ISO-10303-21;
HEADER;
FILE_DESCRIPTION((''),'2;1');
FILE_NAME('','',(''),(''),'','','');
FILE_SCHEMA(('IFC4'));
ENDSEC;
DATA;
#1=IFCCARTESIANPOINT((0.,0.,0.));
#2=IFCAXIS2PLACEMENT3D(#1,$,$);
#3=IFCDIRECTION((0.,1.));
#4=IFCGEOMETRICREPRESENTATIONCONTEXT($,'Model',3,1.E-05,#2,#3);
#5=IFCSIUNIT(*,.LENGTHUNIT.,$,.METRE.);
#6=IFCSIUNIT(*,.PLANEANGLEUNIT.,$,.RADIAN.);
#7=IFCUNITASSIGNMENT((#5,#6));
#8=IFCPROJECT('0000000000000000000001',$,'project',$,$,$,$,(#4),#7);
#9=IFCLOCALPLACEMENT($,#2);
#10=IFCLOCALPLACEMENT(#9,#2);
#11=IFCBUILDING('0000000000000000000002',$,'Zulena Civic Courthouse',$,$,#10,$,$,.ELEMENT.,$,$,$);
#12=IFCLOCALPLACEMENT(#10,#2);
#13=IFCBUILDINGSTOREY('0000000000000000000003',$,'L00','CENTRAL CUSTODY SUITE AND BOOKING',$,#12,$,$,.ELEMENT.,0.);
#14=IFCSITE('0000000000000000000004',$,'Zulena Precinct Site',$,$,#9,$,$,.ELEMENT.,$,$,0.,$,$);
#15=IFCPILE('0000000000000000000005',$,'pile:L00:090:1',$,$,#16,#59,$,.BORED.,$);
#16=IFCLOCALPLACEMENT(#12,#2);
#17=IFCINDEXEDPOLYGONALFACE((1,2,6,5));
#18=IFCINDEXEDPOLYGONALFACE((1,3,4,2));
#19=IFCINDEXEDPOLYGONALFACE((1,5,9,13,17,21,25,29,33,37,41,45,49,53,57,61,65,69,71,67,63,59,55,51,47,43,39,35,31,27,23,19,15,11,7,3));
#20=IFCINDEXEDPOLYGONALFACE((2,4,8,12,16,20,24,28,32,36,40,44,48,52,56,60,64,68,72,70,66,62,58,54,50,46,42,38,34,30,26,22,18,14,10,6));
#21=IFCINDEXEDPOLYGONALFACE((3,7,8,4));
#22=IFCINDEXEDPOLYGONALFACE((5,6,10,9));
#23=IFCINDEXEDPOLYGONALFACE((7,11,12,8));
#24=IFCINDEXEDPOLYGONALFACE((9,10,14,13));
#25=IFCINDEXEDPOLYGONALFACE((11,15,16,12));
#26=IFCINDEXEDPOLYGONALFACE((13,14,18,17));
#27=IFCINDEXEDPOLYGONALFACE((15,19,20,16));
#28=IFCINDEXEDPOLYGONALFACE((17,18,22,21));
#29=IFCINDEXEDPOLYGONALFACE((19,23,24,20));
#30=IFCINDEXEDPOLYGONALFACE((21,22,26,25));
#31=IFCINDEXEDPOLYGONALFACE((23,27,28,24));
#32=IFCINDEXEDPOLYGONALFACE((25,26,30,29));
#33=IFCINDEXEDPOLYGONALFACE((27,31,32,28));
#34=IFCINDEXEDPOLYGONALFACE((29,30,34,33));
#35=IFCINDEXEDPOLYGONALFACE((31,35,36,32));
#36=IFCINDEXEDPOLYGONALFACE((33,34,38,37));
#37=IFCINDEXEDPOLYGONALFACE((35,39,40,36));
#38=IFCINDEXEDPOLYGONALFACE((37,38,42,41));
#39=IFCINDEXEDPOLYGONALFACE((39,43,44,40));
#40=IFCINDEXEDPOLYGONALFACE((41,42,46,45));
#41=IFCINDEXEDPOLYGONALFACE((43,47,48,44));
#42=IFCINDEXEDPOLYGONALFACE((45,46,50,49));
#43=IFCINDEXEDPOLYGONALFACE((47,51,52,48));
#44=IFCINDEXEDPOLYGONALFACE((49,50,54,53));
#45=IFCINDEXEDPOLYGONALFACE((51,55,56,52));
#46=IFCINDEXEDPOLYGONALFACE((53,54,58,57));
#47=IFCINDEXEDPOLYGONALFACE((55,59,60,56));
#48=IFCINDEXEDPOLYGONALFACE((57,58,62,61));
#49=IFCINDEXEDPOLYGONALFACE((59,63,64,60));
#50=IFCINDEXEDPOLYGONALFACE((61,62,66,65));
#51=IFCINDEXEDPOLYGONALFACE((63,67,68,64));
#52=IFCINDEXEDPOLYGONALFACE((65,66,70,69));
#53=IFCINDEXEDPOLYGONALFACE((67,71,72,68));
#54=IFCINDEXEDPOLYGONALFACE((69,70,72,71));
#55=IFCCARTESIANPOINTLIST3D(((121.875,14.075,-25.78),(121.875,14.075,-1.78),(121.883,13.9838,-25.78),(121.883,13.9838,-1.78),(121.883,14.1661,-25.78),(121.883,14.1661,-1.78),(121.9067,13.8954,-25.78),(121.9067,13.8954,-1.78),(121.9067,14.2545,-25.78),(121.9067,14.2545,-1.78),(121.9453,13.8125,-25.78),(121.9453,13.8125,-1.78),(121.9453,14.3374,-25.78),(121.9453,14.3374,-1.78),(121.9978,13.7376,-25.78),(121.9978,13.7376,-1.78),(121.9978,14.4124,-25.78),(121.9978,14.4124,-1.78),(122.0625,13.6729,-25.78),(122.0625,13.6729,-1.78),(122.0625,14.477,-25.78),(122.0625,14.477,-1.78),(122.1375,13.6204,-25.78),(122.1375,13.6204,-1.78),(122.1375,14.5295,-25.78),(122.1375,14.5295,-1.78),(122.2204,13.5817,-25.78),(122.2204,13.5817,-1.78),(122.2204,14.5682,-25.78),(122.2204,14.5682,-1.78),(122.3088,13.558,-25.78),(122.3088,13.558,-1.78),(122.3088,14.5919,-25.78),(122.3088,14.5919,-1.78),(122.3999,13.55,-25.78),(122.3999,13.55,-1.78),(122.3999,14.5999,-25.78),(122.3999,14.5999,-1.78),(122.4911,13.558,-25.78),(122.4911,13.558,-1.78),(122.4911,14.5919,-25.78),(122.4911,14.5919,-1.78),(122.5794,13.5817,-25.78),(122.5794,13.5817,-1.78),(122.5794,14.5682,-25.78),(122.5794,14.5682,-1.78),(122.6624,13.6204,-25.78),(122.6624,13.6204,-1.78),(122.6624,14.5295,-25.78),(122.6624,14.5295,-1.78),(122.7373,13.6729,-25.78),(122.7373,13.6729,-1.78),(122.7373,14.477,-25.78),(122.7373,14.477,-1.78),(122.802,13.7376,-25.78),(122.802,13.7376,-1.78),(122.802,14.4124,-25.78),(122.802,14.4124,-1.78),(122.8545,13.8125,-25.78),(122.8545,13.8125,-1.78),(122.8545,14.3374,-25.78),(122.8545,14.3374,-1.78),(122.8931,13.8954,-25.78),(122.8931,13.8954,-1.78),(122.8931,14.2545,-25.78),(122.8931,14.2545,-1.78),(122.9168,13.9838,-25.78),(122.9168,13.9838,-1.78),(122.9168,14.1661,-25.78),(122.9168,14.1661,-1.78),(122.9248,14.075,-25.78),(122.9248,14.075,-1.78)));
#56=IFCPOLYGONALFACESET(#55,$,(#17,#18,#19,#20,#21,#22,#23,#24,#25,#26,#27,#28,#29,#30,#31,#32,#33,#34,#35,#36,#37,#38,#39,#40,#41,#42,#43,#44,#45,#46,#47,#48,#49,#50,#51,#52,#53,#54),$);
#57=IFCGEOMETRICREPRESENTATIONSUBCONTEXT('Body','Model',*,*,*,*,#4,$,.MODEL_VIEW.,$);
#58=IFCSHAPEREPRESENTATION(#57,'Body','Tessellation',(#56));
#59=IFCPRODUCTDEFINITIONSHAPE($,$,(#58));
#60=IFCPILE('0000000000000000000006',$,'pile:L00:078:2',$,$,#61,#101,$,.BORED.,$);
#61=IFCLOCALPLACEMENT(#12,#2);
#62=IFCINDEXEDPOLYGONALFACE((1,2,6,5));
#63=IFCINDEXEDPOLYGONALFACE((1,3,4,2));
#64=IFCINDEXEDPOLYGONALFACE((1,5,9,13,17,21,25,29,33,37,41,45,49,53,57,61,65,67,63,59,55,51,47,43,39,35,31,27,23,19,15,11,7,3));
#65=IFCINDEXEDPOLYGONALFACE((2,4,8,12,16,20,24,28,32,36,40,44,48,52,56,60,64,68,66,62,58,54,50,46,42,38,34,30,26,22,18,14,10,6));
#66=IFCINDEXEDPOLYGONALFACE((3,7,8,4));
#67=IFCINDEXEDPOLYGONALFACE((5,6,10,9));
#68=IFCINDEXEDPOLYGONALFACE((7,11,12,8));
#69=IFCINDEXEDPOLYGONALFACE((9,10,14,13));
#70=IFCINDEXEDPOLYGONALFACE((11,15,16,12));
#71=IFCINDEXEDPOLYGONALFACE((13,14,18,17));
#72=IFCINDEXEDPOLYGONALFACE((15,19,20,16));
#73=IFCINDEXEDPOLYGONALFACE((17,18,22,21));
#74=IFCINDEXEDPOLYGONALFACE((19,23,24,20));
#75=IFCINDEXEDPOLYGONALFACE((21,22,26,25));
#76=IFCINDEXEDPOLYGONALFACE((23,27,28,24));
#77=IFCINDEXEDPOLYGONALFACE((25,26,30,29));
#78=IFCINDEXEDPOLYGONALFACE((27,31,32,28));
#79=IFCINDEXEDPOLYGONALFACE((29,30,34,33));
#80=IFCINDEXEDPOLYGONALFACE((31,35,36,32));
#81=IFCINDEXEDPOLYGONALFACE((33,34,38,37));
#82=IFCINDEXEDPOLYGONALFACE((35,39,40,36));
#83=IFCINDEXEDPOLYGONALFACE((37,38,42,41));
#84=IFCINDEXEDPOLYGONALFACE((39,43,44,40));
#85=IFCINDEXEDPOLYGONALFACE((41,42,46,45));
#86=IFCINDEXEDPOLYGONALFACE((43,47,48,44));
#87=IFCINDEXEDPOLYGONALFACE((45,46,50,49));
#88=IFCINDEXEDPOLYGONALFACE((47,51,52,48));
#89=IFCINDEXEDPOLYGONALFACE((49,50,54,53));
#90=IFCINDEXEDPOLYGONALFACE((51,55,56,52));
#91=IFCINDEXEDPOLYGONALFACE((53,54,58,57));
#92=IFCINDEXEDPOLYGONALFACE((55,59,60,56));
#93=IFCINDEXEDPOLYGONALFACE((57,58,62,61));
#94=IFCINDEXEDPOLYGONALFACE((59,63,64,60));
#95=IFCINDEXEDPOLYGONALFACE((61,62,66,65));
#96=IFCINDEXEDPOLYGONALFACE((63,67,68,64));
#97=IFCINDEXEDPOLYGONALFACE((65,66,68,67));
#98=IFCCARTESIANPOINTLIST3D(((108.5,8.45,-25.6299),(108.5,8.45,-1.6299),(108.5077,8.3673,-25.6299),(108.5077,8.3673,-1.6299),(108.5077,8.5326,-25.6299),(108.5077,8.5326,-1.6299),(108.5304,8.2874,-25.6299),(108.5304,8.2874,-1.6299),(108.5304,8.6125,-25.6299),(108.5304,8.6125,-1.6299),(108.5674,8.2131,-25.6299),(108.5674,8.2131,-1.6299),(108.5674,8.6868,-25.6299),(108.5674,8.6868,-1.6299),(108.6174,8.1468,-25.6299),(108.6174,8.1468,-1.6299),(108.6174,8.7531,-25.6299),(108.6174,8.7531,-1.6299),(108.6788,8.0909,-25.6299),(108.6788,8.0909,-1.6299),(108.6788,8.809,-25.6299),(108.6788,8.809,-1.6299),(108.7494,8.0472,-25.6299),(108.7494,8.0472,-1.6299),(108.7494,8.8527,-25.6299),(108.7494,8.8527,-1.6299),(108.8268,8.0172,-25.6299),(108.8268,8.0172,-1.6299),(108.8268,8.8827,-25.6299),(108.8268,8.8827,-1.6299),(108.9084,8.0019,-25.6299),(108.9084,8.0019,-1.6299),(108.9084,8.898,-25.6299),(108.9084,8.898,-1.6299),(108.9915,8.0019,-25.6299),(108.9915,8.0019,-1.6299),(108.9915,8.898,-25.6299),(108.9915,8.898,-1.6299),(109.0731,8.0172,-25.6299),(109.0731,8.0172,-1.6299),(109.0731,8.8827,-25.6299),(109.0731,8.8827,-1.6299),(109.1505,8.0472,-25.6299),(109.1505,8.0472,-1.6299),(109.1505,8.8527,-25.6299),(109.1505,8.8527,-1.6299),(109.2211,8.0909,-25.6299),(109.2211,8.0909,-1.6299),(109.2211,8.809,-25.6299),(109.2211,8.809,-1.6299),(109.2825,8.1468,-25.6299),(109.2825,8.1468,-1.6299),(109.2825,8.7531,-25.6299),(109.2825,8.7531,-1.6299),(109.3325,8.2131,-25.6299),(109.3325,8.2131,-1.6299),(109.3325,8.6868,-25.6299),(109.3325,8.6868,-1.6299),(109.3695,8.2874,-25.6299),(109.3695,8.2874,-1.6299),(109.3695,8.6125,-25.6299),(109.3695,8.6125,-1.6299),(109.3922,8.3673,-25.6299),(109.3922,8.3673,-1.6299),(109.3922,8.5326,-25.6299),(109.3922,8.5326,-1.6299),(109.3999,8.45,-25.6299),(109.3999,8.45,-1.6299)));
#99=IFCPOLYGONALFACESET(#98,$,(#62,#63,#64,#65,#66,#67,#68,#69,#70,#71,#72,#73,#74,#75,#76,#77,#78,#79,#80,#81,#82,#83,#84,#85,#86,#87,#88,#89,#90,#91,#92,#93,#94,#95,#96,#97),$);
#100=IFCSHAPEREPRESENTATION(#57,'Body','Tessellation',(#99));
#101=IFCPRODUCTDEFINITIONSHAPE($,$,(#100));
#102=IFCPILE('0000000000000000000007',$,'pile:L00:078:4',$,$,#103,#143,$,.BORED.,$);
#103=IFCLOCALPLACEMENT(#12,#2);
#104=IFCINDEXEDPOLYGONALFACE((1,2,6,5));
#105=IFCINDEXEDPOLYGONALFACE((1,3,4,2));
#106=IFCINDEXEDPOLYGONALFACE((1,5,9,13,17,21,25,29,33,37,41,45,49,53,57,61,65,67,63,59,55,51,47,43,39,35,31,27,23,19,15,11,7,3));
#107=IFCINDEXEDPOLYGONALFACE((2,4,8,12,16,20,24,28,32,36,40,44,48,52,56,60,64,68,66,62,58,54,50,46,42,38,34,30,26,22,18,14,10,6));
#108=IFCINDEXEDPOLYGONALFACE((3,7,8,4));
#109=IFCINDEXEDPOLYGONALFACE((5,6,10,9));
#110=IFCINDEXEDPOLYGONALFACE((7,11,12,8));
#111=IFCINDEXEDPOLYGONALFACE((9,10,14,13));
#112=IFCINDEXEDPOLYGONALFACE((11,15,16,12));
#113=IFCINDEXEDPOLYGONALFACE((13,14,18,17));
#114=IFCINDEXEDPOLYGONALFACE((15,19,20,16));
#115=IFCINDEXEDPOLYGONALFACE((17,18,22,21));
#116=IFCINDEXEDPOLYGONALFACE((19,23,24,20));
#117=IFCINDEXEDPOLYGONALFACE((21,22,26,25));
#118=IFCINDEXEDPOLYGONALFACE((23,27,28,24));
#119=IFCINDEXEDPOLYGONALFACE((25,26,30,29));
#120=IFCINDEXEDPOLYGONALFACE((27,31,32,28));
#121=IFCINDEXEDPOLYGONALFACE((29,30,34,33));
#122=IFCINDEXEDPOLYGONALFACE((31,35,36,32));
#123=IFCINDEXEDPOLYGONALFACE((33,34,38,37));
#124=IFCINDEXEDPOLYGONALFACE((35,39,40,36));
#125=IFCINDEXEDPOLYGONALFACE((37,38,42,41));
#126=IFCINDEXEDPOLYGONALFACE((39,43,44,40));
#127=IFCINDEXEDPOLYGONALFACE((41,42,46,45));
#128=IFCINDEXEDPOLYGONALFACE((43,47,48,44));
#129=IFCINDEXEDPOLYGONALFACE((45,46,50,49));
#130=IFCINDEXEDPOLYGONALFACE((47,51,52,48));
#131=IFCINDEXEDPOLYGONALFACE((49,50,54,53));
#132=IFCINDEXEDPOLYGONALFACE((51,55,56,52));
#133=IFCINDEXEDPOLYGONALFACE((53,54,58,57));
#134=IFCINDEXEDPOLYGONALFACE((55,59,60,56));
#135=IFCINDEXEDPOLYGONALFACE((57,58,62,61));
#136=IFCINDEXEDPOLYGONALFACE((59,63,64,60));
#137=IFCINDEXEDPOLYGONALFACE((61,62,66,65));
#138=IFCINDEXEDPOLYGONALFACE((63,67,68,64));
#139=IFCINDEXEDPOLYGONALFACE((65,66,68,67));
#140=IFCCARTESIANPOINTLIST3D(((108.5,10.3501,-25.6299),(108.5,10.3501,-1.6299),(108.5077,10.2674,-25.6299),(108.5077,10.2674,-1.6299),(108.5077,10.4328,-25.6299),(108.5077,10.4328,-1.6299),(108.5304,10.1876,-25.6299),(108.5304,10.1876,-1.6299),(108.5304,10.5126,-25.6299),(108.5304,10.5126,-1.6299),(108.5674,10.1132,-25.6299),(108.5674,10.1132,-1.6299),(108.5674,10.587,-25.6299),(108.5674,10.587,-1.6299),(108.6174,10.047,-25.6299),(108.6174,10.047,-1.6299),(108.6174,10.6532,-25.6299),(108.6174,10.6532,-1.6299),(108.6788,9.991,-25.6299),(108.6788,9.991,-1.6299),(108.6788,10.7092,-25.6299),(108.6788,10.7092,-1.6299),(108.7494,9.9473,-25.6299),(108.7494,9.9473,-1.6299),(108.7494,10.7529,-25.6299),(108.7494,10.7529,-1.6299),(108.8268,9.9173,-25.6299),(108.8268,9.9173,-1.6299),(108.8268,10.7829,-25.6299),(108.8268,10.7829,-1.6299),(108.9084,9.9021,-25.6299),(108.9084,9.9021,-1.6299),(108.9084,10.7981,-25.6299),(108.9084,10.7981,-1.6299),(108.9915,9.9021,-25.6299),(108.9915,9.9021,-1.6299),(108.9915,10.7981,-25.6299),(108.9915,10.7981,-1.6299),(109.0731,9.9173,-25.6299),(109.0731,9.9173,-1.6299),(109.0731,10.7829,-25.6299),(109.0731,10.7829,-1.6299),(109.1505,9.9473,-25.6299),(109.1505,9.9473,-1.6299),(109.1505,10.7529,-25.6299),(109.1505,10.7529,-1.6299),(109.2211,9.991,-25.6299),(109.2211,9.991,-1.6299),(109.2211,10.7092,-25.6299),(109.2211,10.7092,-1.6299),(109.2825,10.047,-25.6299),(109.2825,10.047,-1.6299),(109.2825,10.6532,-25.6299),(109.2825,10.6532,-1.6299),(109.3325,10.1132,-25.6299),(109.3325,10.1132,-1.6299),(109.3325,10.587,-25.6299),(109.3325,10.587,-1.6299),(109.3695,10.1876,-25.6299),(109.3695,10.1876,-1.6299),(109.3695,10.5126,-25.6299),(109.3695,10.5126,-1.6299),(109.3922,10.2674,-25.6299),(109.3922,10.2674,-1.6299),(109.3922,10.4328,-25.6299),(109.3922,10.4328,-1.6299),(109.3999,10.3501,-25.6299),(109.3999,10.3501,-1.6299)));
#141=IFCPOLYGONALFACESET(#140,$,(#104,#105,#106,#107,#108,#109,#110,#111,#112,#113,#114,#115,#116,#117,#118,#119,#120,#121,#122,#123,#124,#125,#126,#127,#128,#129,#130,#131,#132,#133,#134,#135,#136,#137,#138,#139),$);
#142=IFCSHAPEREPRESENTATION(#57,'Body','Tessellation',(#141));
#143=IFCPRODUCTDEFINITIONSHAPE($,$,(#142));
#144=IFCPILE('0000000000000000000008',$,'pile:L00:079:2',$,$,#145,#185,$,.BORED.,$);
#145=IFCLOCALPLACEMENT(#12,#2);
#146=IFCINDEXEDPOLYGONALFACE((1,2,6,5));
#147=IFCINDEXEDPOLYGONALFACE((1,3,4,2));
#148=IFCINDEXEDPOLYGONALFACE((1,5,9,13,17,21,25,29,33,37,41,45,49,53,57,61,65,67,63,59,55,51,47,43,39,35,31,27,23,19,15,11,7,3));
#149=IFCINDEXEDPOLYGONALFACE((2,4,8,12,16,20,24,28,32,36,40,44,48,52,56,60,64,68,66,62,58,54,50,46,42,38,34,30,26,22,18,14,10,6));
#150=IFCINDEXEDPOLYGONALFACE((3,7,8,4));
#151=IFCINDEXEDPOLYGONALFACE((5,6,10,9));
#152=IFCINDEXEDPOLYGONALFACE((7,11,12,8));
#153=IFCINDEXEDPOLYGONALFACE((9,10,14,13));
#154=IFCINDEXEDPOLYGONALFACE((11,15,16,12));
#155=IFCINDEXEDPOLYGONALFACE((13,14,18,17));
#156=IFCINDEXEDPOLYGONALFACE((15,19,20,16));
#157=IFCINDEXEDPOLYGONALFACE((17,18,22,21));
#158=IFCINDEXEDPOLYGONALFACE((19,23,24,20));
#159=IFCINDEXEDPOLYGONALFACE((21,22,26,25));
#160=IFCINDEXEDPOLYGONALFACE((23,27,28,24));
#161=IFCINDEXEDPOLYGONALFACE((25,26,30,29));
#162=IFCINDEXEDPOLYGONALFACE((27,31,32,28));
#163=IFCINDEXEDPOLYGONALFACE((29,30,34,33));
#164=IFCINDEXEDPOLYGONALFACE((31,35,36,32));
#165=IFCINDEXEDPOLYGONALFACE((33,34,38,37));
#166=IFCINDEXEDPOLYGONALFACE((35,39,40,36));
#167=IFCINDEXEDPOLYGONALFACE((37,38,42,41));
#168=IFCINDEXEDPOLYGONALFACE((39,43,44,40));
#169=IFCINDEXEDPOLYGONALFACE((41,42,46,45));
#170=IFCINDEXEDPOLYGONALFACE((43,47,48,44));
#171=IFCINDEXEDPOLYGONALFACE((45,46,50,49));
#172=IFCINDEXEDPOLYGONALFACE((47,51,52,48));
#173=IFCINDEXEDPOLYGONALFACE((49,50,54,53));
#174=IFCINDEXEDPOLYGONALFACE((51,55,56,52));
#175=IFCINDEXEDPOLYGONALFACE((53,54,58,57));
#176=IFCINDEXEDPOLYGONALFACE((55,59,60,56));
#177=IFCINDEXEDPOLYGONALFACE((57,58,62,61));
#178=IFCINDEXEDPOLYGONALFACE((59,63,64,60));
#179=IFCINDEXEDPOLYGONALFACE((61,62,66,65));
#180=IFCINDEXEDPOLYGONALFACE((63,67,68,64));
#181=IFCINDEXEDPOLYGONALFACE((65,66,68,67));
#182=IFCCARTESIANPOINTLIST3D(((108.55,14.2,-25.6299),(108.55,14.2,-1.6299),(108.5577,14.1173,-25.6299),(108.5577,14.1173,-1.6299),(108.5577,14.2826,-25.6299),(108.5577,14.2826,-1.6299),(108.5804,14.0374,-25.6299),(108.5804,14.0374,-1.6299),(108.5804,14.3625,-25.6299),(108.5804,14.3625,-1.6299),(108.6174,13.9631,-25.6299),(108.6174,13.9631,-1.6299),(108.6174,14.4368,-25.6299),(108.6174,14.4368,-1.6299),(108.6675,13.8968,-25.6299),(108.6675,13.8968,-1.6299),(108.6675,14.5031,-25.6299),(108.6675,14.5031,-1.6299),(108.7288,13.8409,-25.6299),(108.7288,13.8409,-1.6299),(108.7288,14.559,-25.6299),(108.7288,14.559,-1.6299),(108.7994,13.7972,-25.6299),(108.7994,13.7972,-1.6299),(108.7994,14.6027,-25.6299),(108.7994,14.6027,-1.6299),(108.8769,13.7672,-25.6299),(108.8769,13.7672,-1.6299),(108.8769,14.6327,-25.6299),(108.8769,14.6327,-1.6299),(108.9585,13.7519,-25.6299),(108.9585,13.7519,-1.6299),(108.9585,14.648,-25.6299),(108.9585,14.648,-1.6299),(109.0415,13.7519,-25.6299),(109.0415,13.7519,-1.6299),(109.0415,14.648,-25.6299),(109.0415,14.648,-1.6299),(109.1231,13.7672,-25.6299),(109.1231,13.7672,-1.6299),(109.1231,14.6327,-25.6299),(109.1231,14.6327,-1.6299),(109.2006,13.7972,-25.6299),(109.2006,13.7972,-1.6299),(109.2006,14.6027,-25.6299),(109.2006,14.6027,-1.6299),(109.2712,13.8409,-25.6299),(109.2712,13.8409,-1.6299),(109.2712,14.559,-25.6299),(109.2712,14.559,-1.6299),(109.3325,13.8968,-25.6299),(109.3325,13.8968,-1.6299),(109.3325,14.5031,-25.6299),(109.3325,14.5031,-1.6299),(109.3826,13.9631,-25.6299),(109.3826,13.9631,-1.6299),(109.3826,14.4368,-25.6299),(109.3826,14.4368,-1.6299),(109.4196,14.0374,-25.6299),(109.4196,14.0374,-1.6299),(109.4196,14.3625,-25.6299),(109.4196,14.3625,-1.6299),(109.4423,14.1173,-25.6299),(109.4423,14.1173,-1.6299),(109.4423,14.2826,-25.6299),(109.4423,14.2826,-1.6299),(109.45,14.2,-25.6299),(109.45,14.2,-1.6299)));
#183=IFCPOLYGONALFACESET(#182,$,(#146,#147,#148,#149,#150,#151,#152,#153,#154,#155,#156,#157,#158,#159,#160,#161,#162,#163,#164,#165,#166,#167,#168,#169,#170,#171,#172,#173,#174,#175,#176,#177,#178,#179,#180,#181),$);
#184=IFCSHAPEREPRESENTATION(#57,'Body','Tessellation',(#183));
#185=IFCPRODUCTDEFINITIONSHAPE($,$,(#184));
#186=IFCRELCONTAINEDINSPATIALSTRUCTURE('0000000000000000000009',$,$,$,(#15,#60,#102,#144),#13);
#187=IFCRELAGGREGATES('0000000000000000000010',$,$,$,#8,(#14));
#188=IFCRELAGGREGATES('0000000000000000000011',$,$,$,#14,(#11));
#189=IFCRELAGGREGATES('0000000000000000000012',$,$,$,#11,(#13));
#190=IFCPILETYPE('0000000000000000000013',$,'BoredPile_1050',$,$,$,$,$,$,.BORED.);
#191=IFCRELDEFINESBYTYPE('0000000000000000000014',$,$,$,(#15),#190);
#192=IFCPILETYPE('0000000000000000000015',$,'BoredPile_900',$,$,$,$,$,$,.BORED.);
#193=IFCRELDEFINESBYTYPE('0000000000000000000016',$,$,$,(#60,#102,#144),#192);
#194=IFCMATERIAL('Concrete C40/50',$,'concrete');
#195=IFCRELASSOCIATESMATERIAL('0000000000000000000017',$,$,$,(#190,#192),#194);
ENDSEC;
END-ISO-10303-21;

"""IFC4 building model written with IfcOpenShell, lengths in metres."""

from ifc_helpers import new_model, si_unit, direction, frame, origin, origin_2d, place, context, subcontext, project, spatial, circle, extrude, material, material_profile, profile_set, type_object, element, save


model = new_model("IFC4")

# Units and contexts
model_context = context("Model", 3, precision=1e-05, world=origin(), true_north=direction((0.0, 1.0)))
body_context = subcontext(model_context, "Body", "Model", "MODEL_VIEW")
ifc_project = project(units=[si_unit("LENGTHUNIT", "METRE"), si_unit("PLANEANGLEUNIT", "RADIAN")], contexts=[model_context])

# Site, building, storey
site_placement = place(None, origin())
site = spatial("IfcSite", under=ifc_project, at=site_placement, Name="Zulena Precinct Site", CompositionType="ELEMENT", RefElevation=0.0)
building_placement = place(site_placement, origin())
building = spatial("IfcBuilding", under=site, at=building_placement, Name="Zulena Civic Courthouse", CompositionType="ELEMENT")
storey_placement = place(building_placement, origin())
storey = spatial("IfcBuildingStorey", under=building, at=storey_placement, Name="L00", Description="CENTRAL CUSTODY SUITE AND BOOKING", CompositionType="ELEMENT", Elevation=0.0)

# Piles
ifc_material_1 = material(Name="Concrete C40/50", Category="concrete")
ifc_material_profile_1 = material_profile(ifc_material_1, circle(Radius=0.5249, at=origin_2d()), Name="PILE1050")
ifc_profile_set_1 = profile_set([ifc_material_profile_1], Name="Concrete C40/50")
pile_type_1 = type_object("IfcPileType", Name="BoredPile_1050", PredefinedType="BORED", material=ifc_profile_set_1)
pile_placement = place(storey_placement, frame((122.3999, 14.075, -1.78), z_axis=(0.0, 0.0, -1.0), x_axis=(1.0, 0.0, 0.0)))
element("IfcPile", 1, at=pile_placement, inside=storey, type_object=pile_type_1, Name="pile:L00:090:1", PredefinedType="BORED", context=body_context, shape_type="SweptSolid", body=[
    extrude(circle(Radius=0.5249, at=origin_2d()), origin(), (0.0, 0.0, 1.0), 24.0),
])
ifc_material_profile_2 = material_profile(ifc_material_1, circle(Radius=0.45, at=origin_2d()), Name="PILE900")
ifc_profile_set_2 = profile_set([ifc_material_profile_2], Name="Concrete C40/50")
pile_type_2 = type_object("IfcPileType", Name="BoredPile_900", PredefinedType="BORED", material=ifc_profile_set_2)
for number, where, z_axis, x_axis, name in (
    (2, (108.95, 8.45, -1.6299), (0.0, 0.0, -1.0), (1.0, 0.0, 0.0), "pile:L00:078:2"),
    (3, (108.95, 10.3501, -1.6299), (0.0, 0.0, -1.0), (1.0, 0.0, 0.0), "pile:L00:078:4"),
    (4, (109.0, 14.2, -1.6299), (0.0, 0.0, -1.0), (1.0, 0.0, 0.0), "pile:L00:079:2"),
):
    element("IfcPile", number, at=place(storey_placement, frame(where, z_axis=z_axis, x_axis=x_axis)), inside=storey, type_object=pile_type_2, Name=name, PredefinedType="BORED", context=body_context, shape_type="SweptSolid", body=[
        extrude(circle(Radius=0.45, at=origin_2d()), origin(), (0.0, 0.0, 1.0), 24.0),
    ])

save(model, "model.ifc")
